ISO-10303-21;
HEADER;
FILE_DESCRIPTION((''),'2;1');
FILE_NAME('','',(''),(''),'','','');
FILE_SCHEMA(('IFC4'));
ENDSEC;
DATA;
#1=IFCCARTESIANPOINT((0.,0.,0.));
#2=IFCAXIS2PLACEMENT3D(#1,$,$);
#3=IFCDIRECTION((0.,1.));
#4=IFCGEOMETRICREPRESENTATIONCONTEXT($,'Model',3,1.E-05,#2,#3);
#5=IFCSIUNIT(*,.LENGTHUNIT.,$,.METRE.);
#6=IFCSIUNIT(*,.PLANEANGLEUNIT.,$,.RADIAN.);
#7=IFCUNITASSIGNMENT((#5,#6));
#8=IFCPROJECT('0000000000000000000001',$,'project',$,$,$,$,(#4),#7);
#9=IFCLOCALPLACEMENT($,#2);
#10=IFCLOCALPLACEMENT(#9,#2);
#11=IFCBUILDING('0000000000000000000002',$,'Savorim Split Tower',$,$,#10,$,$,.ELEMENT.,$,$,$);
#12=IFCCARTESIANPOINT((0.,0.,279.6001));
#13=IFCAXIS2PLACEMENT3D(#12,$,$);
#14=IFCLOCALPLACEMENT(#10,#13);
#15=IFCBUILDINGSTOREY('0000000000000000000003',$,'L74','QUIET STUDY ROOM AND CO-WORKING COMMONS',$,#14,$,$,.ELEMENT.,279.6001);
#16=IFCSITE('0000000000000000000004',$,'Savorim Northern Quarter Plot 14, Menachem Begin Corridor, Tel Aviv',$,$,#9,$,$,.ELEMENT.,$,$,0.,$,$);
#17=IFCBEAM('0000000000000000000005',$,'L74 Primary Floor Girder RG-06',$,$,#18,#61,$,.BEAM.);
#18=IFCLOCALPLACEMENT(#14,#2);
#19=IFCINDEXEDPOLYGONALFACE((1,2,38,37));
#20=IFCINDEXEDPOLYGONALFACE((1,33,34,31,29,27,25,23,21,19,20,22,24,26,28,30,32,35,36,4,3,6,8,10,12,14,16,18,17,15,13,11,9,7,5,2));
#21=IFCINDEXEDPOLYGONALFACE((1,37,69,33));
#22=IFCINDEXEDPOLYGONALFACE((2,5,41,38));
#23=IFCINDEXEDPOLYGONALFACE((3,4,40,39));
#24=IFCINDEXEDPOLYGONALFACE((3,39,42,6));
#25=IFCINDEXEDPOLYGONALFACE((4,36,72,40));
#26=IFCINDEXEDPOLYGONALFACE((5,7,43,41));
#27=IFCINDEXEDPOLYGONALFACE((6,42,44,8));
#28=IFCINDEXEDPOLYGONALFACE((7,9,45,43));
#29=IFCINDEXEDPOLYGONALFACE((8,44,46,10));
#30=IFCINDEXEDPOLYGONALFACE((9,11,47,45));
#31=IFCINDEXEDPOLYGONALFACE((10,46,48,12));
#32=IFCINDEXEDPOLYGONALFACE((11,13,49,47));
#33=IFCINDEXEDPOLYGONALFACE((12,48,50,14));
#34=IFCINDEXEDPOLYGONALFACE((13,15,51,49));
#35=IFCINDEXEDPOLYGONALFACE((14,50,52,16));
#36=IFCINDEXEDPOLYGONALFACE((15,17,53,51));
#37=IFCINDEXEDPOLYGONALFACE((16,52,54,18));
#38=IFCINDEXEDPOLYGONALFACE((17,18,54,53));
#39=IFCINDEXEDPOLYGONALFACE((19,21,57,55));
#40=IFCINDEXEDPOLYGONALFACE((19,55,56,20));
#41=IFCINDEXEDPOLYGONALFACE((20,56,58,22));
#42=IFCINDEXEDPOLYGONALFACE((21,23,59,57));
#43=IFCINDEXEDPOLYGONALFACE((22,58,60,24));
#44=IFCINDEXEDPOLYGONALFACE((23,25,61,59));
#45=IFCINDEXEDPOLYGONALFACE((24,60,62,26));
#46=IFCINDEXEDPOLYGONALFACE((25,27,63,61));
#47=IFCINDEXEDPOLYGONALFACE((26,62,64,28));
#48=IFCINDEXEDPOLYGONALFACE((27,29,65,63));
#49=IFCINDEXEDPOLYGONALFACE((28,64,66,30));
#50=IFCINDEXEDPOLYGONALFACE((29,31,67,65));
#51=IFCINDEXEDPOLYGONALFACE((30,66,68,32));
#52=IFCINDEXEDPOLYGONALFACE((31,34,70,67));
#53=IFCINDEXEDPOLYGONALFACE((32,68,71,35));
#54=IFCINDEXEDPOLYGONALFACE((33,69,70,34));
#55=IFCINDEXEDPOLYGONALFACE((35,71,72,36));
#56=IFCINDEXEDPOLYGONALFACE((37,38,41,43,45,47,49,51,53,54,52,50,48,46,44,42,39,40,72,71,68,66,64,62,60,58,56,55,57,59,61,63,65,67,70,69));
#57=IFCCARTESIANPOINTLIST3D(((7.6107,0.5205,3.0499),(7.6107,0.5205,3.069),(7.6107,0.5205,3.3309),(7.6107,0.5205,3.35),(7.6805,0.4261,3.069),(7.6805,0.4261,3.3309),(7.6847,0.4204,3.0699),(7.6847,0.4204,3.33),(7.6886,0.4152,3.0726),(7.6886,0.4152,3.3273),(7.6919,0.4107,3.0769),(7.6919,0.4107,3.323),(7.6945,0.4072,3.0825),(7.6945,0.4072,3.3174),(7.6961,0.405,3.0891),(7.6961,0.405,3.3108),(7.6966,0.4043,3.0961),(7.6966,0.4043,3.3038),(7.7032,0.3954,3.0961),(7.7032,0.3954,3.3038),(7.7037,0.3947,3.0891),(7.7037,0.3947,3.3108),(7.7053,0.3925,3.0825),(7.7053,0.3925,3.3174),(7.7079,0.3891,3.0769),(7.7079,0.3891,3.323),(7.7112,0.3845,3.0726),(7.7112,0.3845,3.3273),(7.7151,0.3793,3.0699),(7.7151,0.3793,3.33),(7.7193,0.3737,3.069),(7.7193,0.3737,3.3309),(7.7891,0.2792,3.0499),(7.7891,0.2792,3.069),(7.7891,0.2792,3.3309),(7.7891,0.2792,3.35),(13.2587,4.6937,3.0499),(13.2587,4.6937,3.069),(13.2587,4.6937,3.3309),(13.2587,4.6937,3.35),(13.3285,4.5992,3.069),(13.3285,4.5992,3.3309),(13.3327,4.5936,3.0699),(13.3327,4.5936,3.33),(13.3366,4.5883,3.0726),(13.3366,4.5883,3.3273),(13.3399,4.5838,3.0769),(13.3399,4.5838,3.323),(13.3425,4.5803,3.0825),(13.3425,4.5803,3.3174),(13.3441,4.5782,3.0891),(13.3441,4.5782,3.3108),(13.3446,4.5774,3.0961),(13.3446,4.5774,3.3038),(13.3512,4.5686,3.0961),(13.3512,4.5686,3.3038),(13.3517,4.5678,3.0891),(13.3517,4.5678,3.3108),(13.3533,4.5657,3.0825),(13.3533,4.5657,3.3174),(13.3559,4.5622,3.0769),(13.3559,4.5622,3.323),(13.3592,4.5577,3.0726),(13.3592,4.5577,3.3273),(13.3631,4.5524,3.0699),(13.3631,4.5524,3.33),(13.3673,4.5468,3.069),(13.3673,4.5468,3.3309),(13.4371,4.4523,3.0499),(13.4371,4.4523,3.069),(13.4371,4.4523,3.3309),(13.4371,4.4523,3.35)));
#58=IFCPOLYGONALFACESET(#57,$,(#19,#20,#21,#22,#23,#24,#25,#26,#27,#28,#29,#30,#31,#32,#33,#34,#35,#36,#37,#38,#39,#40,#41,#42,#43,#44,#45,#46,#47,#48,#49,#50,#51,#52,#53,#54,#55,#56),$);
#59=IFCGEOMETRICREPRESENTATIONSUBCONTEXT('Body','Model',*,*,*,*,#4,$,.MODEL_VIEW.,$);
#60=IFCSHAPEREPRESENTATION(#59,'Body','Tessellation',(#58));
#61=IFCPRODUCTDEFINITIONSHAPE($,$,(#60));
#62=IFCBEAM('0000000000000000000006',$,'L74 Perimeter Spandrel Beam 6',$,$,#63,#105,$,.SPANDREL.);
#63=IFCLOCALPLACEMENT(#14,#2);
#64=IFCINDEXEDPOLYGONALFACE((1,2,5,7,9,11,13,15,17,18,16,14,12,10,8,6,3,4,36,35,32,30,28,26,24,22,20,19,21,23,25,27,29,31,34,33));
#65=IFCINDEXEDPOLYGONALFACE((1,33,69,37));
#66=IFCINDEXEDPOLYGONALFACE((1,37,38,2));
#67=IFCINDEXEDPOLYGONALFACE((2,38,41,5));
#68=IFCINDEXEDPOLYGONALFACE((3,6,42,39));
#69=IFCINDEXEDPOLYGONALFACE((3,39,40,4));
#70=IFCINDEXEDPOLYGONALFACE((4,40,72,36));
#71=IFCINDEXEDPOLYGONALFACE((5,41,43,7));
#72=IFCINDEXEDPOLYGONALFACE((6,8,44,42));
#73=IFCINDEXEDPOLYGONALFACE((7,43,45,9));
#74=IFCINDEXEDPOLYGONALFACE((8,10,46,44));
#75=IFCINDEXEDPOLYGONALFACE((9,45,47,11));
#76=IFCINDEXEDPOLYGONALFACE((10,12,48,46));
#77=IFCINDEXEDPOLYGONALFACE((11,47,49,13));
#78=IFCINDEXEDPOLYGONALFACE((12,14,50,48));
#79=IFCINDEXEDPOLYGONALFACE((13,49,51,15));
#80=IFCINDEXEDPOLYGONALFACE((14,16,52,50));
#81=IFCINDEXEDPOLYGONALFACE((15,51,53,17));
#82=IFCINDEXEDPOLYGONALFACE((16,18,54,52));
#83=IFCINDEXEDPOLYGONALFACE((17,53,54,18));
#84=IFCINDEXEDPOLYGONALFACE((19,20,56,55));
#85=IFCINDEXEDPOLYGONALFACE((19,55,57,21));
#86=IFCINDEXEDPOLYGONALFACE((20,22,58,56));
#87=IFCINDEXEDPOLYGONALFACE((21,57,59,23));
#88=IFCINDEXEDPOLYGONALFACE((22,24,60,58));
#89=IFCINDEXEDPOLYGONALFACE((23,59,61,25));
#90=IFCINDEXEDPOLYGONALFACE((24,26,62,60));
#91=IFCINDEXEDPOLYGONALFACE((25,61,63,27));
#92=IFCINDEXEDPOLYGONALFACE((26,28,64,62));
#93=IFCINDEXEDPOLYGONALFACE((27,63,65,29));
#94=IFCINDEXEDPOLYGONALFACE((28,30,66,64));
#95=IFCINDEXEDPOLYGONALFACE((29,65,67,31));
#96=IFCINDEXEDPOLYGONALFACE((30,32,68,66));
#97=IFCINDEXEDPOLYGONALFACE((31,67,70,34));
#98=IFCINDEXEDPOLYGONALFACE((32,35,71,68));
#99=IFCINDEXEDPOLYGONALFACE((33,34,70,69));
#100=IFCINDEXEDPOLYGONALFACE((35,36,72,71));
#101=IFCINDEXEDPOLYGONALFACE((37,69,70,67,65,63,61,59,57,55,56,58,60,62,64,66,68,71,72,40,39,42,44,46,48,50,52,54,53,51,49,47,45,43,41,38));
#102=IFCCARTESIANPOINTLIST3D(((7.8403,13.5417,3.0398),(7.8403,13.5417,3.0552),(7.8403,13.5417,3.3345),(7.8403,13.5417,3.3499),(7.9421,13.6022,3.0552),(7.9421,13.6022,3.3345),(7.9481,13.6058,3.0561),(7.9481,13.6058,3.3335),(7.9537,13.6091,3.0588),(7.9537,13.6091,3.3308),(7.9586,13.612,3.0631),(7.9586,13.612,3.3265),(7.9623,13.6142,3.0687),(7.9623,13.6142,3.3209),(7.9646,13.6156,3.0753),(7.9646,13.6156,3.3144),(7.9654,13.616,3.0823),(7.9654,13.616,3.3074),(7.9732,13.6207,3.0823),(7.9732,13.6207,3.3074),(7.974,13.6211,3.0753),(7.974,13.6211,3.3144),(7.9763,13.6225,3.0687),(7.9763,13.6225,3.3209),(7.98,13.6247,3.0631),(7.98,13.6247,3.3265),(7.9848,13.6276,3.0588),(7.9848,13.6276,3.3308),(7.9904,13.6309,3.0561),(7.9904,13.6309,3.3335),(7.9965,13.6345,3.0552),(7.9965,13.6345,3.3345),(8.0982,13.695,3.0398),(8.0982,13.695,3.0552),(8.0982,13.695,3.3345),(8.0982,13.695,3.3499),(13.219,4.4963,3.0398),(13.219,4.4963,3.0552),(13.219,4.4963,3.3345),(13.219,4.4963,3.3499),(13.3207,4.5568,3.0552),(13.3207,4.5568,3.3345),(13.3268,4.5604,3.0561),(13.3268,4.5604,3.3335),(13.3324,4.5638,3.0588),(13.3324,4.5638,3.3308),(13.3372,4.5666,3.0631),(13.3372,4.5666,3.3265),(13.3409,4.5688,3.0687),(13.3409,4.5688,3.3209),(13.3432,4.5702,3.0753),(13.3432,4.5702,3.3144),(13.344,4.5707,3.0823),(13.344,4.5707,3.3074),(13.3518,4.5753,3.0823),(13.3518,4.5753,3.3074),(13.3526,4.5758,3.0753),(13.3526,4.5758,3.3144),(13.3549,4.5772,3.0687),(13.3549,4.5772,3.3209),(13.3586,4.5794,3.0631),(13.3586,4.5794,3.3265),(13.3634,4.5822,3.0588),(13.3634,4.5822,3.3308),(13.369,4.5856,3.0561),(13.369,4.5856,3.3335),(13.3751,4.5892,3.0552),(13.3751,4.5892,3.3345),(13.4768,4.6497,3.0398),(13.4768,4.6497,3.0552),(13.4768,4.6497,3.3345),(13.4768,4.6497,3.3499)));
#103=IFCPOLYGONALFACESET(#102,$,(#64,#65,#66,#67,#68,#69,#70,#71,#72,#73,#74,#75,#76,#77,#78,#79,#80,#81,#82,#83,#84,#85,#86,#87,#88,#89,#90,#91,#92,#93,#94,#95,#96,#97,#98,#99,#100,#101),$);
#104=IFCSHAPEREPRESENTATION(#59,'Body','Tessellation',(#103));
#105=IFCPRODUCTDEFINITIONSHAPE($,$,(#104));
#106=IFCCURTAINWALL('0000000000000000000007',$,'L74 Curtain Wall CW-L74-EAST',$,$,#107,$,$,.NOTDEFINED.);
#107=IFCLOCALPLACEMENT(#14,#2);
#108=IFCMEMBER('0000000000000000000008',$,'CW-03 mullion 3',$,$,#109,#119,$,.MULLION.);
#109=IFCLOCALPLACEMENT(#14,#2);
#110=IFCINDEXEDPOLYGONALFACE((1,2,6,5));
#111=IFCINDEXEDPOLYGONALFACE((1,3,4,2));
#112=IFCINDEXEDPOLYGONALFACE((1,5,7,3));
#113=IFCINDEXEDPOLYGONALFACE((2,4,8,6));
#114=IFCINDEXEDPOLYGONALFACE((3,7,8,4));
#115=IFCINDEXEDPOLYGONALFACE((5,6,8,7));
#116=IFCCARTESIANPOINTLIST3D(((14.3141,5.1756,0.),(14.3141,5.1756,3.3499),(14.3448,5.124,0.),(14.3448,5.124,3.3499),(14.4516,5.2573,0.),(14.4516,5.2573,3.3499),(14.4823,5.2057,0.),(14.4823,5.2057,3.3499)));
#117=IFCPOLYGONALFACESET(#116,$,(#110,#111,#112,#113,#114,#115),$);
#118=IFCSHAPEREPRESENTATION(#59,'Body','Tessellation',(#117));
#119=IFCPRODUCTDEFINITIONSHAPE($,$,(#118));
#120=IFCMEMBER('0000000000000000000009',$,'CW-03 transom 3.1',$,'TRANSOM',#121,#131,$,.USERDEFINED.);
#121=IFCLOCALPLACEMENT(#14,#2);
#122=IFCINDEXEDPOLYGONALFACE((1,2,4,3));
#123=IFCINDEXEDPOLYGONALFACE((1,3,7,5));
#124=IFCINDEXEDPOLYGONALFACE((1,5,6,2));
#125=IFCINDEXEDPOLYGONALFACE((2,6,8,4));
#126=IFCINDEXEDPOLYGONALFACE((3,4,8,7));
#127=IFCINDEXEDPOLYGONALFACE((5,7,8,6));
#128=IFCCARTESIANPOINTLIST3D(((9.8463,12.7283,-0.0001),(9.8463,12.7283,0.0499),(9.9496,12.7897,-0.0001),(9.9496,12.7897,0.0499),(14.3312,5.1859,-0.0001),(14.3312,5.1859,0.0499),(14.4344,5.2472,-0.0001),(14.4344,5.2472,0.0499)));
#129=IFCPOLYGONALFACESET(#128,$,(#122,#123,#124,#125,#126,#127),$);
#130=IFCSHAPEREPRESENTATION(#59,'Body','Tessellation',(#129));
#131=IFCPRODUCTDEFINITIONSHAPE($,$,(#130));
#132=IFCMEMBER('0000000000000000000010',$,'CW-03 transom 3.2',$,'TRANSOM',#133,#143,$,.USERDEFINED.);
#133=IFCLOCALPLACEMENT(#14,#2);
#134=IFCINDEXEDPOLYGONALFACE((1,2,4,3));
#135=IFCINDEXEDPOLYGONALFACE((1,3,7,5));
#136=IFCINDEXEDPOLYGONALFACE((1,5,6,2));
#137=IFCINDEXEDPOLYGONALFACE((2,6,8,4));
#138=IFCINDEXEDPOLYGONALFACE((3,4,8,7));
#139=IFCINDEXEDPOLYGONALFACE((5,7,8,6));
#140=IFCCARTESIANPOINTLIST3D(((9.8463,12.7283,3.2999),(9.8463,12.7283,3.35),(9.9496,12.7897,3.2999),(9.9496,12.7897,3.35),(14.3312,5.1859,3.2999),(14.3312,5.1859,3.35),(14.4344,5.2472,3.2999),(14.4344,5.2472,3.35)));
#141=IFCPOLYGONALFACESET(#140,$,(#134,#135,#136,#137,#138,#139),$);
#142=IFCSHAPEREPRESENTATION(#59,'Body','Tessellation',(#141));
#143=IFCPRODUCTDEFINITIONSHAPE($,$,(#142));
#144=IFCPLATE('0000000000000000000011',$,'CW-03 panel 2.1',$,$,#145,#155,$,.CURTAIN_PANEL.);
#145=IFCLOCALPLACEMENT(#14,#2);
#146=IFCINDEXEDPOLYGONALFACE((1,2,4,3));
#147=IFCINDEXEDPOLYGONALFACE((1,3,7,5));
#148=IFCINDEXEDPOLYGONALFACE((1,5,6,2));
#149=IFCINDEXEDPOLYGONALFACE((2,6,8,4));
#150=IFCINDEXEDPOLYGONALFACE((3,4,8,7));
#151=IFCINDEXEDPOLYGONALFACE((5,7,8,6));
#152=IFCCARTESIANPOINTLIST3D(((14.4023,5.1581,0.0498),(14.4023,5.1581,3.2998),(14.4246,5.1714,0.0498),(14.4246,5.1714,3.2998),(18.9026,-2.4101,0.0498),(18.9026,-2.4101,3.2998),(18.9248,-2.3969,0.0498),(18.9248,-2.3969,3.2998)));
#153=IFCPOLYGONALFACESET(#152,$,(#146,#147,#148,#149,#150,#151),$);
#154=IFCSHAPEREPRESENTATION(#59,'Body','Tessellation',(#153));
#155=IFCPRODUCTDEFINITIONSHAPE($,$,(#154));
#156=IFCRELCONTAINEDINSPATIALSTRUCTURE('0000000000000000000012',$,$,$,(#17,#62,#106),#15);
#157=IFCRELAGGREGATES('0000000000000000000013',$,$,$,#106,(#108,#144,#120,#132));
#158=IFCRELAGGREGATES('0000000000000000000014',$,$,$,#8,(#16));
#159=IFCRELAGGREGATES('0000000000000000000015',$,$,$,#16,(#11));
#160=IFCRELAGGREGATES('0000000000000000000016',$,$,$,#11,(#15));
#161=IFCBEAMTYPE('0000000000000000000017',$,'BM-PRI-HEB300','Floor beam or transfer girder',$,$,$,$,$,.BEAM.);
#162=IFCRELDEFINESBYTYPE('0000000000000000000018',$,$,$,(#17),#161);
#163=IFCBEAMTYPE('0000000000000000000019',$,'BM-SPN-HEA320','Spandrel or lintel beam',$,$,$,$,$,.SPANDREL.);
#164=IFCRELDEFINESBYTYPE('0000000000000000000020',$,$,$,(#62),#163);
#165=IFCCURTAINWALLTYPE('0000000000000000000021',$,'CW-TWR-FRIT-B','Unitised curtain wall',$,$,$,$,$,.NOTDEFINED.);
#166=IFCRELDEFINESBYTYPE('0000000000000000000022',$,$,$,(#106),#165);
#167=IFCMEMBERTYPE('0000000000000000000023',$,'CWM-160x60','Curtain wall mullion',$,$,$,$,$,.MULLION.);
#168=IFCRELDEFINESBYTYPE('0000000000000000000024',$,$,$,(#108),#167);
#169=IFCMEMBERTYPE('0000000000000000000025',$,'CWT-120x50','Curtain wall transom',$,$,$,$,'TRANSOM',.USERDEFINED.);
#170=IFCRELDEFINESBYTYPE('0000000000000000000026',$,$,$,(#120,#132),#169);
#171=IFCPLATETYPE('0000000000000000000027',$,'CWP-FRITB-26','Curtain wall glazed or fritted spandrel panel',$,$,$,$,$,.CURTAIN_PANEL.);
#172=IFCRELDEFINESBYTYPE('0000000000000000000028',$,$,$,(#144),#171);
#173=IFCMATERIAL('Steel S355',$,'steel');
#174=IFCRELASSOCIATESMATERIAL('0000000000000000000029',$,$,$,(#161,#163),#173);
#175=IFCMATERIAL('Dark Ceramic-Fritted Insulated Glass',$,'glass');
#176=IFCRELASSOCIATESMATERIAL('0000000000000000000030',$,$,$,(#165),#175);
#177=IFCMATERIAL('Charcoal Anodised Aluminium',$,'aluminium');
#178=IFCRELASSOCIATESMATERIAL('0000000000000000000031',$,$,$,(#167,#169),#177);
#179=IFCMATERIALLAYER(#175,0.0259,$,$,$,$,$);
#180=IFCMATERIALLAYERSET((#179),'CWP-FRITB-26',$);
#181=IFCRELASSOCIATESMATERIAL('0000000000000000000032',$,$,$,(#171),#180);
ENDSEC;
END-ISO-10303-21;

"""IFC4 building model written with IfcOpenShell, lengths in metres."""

from ifc_helpers import new_model, si_unit, direction, frame, origin, origin_2d, place, context, subcontext, project, spatial, rectangle, i_section, extrude, material, layer, layer_set, material_profile, profile_set, type_object, element, aggregate, save


model = new_model("IFC4")

# Units and contexts
model_context = context("Model", 3, precision=1e-05, world=origin(), true_north=direction((0.0, 1.0)))
body_context = subcontext(model_context, "Body", "Model", "MODEL_VIEW")
ifc_project = project(units=[si_unit("LENGTHUNIT", "METRE"), si_unit("PLANEANGLEUNIT", "RADIAN")], contexts=[model_context])

# Site, building, storey
site_placement = place(None, origin())
site = spatial("IfcSite", under=ifc_project, at=site_placement, Name="Savorim Northern Quarter Plot 14, Menachem Begin Corridor, Tel Aviv", CompositionType="ELEMENT", RefElevation=0.0)
building_placement = place(site_placement, origin())
building = spatial("IfcBuilding", under=site, at=building_placement, Name="Savorim Split Tower", CompositionType="ELEMENT")
storey_placement = place(building_placement, frame((0.0, 0.0, 279.6001)))
storey = spatial("IfcBuildingStorey", under=building, at=storey_placement, Name="L74", Description="QUIET STUDY ROOM AND CO-WORKING COMMONS", CompositionType="ELEMENT", Elevation=279.6001)

# Shared definitions
ifc_material_1 = material(Name="Steel S355", Category="steel")

# Beams
ifc_material_profile_1 = material_profile(ifc_material_1, i_section(OverallWidth=0.3, OverallDepth=0.3, WebThickness=0.011, FlangeThickness=0.019, FilletRadius=0.0271, at=origin_2d()), Name="HEB 300")
ifc_profile_set_1 = profile_set([ifc_material_profile_1], Name="Steel S355")
beam_type_1 = type_object("IfcBeamType", Name="BM-PRI-HEB300", Description="Floor beam or transfer girder", PredefinedType="BEAM", material=ifc_profile_set_1)
beam_1_placement = place(storey_placement, frame((13.3479, 4.573, 3.2), z_axis=(-0.804277, -0.594255, 0.0), x_axis=(0.594255, -0.804277, 0.0)))
element("IfcBeam", 1, at=beam_1_placement, inside=storey, type_object=beam_type_1, Name="L74 Primary Floor Girder RG-06", PredefinedType="BEAM", context=body_context, shape_type="SweptSolid", body=[
    extrude(i_section(OverallWidth=0.3, OverallDepth=0.3, WebThickness=0.011, FlangeThickness=0.019, FilletRadius=0.0271, at=origin_2d()), origin(), (0.0, 0.0, 1.0), 7.0225),
])
ifc_material_profile_2 = material_profile(ifc_material_1, i_section(OverallWidth=0.3, OverallDepth=0.3101, WebThickness=0.009, FlangeThickness=0.0154, FilletRadius=0.0271, at=origin_2d()), Name="HEA 320")
ifc_profile_set_2 = profile_set([ifc_material_profile_2], Name="Steel S355")
beam_type_2 = type_object("IfcBeamType", Name="BM-SPN-HEA320", Description="Spandrel or lintel beam", PredefinedType="SPANDREL", material=ifc_profile_set_2)
beam_2_placement = place(storey_placement, frame((13.3479, 4.573, 3.1948), z_axis=(-0.511097, 0.859523, 0.0), x_axis=(-0.859523, -0.511097, 0.0)))
element("IfcBeam", 2, at=beam_2_placement, inside=storey, type_object=beam_type_2, Name="L74 Perimeter Spandrel Beam 6", PredefinedType="SPANDREL", context=body_context, shape_type="SweptSolid", body=[
    extrude(i_section(OverallWidth=0.3, OverallDepth=0.3101, WebThickness=0.009, FlangeThickness=0.0154, FilletRadius=0.0271, at=origin_2d()), origin(), (0.0, 0.0, 1.0), 10.5237),
])

# Curtain wall, members, plate
ifc_material_2 = material(Name="Dark Ceramic-Fritted Insulated Glass", Category="glass")
curtain_wall_type = type_object("IfcCurtainWallType", Name="CW-TWR-FRIT-B", Description="Unitised curtain wall", PredefinedType="NOTDEFINED", material=ifc_material_2)
curtain_wall_placement = place(storey_placement, origin())
curtain_wall = element("IfcCurtainWall", 3, at=curtain_wall_placement, inside=storey, type_object=curtain_wall_type, Name="L74 Curtain Wall CW-L74-EAST", PredefinedType="NOTDEFINED")
ifc_material_3 = material(Name="Charcoal Anodised Aluminium", Category="aluminium")
ifc_material_profile_3 = material_profile(ifc_material_3, rectangle(XDim=0.1599, YDim=0.0601, at=origin_2d()), Name="ALU-M 160x60")
ifc_profile_set_3 = profile_set([ifc_material_profile_3], Name="Charcoal Anodised Aluminium")
member_type_1 = type_object("IfcMemberType", Name="CWM-160x60", Description="Curtain wall mullion", PredefinedType="MULLION", material=ifc_profile_set_3)
member_1_placement = place(storey_placement, frame((14.3982, 5.1907, 0.0), z_axis=(0.0, 0.0, 1.0), x_axis=(-0.859526, -0.511092, 0.0)))
member_1 = element("IfcMember", 4, at=member_1_placement, type_object=member_type_1, Name="CW-03 mullion 3", PredefinedType="MULLION", context=body_context, shape_type="SweptSolid", body=[
    extrude(rectangle(XDim=0.1599, YDim=0.0601, at=origin_2d()), origin(), (0.0, 0.0, 1.0), 3.3499),
])
ifc_material_profile_4 = material_profile(ifc_material_3, rectangle(XDim=0.1201, YDim=0.05, at=origin_2d()), Name="ALU-T 120x50")
ifc_profile_set_4 = profile_set([ifc_material_profile_4], Name="Charcoal Anodised Aluminium")
member_type_2 = type_object("IfcMemberType", Name="CWT-120x50", Description="Curtain wall transom", ElementType="TRANSOM", PredefinedType="USERDEFINED", material=ifc_profile_set_4)
member_2_placement = place(storey_placement, frame((14.3828, 5.2166, 0.0249), z_axis=(-0.511088, 0.859529, 0.0), x_axis=(-0.859529, -0.511088, 0.0)))
member_2 = element("IfcMember", 5, at=member_2_placement, type_object=member_type_2, Name="CW-03 transom 3.1", ObjectType="TRANSOM", PredefinedType="USERDEFINED", context=body_context, shape_type="SweptSolid", body=[
    extrude(rectangle(XDim=0.1201, YDim=0.05, at=origin_2d()), origin(), (0.0, 0.0, 1.0), 8.7751),
])
member_3_placement = place(storey_placement, frame((14.3828, 5.2166, 3.325), z_axis=(-0.511088, 0.859529, 0.0), x_axis=(-0.859529, -0.511088, 0.0)))
member_3 = element("IfcMember", 6, at=member_3_placement, type_object=member_type_2, Name="CW-03 transom 3.2", ObjectType="TRANSOM", PredefinedType="USERDEFINED", context=body_context, shape_type="SweptSolid", body=[
    extrude(rectangle(XDim=0.1201, YDim=0.05, at=origin_2d()), origin(), (0.0, 0.0, 1.0), 8.7751),
])
ifc_layer_1 = layer(ifc_material_2, 0.0259)
ifc_layer_set_1 = layer_set([ifc_layer_1], Name="CWP-FRITB-26")
plate_type = type_object("IfcPlateType", Name="CWP-FRITB-26", Description="Curtain wall glazed or fritted spandrel panel", PredefinedType="CURTAIN_PANEL", material=ifc_layer_set_1)
plate_placement = place(storey_placement, frame((16.6636, 1.3806, 0.0498), z_axis=(0.0, 0.0, 1.0), x_axis=(-0.511092, 0.859526, 0.0)))
plate = element("IfcPlate", 7, at=plate_placement, type_object=plate_type, Name="CW-03 panel 2.1", PredefinedType="CURTAIN_PANEL", context=body_context, shape_type="SweptSolid", body=[
    extrude(rectangle(XDim=8.8052, YDim=0.0259, at=origin_2d()), origin(), (0.0, 0.0, 1.0), 3.25),
])
aggregate(curtain_wall, [member_1, plate, member_2, member_3])

save(model, "model.ifc")
